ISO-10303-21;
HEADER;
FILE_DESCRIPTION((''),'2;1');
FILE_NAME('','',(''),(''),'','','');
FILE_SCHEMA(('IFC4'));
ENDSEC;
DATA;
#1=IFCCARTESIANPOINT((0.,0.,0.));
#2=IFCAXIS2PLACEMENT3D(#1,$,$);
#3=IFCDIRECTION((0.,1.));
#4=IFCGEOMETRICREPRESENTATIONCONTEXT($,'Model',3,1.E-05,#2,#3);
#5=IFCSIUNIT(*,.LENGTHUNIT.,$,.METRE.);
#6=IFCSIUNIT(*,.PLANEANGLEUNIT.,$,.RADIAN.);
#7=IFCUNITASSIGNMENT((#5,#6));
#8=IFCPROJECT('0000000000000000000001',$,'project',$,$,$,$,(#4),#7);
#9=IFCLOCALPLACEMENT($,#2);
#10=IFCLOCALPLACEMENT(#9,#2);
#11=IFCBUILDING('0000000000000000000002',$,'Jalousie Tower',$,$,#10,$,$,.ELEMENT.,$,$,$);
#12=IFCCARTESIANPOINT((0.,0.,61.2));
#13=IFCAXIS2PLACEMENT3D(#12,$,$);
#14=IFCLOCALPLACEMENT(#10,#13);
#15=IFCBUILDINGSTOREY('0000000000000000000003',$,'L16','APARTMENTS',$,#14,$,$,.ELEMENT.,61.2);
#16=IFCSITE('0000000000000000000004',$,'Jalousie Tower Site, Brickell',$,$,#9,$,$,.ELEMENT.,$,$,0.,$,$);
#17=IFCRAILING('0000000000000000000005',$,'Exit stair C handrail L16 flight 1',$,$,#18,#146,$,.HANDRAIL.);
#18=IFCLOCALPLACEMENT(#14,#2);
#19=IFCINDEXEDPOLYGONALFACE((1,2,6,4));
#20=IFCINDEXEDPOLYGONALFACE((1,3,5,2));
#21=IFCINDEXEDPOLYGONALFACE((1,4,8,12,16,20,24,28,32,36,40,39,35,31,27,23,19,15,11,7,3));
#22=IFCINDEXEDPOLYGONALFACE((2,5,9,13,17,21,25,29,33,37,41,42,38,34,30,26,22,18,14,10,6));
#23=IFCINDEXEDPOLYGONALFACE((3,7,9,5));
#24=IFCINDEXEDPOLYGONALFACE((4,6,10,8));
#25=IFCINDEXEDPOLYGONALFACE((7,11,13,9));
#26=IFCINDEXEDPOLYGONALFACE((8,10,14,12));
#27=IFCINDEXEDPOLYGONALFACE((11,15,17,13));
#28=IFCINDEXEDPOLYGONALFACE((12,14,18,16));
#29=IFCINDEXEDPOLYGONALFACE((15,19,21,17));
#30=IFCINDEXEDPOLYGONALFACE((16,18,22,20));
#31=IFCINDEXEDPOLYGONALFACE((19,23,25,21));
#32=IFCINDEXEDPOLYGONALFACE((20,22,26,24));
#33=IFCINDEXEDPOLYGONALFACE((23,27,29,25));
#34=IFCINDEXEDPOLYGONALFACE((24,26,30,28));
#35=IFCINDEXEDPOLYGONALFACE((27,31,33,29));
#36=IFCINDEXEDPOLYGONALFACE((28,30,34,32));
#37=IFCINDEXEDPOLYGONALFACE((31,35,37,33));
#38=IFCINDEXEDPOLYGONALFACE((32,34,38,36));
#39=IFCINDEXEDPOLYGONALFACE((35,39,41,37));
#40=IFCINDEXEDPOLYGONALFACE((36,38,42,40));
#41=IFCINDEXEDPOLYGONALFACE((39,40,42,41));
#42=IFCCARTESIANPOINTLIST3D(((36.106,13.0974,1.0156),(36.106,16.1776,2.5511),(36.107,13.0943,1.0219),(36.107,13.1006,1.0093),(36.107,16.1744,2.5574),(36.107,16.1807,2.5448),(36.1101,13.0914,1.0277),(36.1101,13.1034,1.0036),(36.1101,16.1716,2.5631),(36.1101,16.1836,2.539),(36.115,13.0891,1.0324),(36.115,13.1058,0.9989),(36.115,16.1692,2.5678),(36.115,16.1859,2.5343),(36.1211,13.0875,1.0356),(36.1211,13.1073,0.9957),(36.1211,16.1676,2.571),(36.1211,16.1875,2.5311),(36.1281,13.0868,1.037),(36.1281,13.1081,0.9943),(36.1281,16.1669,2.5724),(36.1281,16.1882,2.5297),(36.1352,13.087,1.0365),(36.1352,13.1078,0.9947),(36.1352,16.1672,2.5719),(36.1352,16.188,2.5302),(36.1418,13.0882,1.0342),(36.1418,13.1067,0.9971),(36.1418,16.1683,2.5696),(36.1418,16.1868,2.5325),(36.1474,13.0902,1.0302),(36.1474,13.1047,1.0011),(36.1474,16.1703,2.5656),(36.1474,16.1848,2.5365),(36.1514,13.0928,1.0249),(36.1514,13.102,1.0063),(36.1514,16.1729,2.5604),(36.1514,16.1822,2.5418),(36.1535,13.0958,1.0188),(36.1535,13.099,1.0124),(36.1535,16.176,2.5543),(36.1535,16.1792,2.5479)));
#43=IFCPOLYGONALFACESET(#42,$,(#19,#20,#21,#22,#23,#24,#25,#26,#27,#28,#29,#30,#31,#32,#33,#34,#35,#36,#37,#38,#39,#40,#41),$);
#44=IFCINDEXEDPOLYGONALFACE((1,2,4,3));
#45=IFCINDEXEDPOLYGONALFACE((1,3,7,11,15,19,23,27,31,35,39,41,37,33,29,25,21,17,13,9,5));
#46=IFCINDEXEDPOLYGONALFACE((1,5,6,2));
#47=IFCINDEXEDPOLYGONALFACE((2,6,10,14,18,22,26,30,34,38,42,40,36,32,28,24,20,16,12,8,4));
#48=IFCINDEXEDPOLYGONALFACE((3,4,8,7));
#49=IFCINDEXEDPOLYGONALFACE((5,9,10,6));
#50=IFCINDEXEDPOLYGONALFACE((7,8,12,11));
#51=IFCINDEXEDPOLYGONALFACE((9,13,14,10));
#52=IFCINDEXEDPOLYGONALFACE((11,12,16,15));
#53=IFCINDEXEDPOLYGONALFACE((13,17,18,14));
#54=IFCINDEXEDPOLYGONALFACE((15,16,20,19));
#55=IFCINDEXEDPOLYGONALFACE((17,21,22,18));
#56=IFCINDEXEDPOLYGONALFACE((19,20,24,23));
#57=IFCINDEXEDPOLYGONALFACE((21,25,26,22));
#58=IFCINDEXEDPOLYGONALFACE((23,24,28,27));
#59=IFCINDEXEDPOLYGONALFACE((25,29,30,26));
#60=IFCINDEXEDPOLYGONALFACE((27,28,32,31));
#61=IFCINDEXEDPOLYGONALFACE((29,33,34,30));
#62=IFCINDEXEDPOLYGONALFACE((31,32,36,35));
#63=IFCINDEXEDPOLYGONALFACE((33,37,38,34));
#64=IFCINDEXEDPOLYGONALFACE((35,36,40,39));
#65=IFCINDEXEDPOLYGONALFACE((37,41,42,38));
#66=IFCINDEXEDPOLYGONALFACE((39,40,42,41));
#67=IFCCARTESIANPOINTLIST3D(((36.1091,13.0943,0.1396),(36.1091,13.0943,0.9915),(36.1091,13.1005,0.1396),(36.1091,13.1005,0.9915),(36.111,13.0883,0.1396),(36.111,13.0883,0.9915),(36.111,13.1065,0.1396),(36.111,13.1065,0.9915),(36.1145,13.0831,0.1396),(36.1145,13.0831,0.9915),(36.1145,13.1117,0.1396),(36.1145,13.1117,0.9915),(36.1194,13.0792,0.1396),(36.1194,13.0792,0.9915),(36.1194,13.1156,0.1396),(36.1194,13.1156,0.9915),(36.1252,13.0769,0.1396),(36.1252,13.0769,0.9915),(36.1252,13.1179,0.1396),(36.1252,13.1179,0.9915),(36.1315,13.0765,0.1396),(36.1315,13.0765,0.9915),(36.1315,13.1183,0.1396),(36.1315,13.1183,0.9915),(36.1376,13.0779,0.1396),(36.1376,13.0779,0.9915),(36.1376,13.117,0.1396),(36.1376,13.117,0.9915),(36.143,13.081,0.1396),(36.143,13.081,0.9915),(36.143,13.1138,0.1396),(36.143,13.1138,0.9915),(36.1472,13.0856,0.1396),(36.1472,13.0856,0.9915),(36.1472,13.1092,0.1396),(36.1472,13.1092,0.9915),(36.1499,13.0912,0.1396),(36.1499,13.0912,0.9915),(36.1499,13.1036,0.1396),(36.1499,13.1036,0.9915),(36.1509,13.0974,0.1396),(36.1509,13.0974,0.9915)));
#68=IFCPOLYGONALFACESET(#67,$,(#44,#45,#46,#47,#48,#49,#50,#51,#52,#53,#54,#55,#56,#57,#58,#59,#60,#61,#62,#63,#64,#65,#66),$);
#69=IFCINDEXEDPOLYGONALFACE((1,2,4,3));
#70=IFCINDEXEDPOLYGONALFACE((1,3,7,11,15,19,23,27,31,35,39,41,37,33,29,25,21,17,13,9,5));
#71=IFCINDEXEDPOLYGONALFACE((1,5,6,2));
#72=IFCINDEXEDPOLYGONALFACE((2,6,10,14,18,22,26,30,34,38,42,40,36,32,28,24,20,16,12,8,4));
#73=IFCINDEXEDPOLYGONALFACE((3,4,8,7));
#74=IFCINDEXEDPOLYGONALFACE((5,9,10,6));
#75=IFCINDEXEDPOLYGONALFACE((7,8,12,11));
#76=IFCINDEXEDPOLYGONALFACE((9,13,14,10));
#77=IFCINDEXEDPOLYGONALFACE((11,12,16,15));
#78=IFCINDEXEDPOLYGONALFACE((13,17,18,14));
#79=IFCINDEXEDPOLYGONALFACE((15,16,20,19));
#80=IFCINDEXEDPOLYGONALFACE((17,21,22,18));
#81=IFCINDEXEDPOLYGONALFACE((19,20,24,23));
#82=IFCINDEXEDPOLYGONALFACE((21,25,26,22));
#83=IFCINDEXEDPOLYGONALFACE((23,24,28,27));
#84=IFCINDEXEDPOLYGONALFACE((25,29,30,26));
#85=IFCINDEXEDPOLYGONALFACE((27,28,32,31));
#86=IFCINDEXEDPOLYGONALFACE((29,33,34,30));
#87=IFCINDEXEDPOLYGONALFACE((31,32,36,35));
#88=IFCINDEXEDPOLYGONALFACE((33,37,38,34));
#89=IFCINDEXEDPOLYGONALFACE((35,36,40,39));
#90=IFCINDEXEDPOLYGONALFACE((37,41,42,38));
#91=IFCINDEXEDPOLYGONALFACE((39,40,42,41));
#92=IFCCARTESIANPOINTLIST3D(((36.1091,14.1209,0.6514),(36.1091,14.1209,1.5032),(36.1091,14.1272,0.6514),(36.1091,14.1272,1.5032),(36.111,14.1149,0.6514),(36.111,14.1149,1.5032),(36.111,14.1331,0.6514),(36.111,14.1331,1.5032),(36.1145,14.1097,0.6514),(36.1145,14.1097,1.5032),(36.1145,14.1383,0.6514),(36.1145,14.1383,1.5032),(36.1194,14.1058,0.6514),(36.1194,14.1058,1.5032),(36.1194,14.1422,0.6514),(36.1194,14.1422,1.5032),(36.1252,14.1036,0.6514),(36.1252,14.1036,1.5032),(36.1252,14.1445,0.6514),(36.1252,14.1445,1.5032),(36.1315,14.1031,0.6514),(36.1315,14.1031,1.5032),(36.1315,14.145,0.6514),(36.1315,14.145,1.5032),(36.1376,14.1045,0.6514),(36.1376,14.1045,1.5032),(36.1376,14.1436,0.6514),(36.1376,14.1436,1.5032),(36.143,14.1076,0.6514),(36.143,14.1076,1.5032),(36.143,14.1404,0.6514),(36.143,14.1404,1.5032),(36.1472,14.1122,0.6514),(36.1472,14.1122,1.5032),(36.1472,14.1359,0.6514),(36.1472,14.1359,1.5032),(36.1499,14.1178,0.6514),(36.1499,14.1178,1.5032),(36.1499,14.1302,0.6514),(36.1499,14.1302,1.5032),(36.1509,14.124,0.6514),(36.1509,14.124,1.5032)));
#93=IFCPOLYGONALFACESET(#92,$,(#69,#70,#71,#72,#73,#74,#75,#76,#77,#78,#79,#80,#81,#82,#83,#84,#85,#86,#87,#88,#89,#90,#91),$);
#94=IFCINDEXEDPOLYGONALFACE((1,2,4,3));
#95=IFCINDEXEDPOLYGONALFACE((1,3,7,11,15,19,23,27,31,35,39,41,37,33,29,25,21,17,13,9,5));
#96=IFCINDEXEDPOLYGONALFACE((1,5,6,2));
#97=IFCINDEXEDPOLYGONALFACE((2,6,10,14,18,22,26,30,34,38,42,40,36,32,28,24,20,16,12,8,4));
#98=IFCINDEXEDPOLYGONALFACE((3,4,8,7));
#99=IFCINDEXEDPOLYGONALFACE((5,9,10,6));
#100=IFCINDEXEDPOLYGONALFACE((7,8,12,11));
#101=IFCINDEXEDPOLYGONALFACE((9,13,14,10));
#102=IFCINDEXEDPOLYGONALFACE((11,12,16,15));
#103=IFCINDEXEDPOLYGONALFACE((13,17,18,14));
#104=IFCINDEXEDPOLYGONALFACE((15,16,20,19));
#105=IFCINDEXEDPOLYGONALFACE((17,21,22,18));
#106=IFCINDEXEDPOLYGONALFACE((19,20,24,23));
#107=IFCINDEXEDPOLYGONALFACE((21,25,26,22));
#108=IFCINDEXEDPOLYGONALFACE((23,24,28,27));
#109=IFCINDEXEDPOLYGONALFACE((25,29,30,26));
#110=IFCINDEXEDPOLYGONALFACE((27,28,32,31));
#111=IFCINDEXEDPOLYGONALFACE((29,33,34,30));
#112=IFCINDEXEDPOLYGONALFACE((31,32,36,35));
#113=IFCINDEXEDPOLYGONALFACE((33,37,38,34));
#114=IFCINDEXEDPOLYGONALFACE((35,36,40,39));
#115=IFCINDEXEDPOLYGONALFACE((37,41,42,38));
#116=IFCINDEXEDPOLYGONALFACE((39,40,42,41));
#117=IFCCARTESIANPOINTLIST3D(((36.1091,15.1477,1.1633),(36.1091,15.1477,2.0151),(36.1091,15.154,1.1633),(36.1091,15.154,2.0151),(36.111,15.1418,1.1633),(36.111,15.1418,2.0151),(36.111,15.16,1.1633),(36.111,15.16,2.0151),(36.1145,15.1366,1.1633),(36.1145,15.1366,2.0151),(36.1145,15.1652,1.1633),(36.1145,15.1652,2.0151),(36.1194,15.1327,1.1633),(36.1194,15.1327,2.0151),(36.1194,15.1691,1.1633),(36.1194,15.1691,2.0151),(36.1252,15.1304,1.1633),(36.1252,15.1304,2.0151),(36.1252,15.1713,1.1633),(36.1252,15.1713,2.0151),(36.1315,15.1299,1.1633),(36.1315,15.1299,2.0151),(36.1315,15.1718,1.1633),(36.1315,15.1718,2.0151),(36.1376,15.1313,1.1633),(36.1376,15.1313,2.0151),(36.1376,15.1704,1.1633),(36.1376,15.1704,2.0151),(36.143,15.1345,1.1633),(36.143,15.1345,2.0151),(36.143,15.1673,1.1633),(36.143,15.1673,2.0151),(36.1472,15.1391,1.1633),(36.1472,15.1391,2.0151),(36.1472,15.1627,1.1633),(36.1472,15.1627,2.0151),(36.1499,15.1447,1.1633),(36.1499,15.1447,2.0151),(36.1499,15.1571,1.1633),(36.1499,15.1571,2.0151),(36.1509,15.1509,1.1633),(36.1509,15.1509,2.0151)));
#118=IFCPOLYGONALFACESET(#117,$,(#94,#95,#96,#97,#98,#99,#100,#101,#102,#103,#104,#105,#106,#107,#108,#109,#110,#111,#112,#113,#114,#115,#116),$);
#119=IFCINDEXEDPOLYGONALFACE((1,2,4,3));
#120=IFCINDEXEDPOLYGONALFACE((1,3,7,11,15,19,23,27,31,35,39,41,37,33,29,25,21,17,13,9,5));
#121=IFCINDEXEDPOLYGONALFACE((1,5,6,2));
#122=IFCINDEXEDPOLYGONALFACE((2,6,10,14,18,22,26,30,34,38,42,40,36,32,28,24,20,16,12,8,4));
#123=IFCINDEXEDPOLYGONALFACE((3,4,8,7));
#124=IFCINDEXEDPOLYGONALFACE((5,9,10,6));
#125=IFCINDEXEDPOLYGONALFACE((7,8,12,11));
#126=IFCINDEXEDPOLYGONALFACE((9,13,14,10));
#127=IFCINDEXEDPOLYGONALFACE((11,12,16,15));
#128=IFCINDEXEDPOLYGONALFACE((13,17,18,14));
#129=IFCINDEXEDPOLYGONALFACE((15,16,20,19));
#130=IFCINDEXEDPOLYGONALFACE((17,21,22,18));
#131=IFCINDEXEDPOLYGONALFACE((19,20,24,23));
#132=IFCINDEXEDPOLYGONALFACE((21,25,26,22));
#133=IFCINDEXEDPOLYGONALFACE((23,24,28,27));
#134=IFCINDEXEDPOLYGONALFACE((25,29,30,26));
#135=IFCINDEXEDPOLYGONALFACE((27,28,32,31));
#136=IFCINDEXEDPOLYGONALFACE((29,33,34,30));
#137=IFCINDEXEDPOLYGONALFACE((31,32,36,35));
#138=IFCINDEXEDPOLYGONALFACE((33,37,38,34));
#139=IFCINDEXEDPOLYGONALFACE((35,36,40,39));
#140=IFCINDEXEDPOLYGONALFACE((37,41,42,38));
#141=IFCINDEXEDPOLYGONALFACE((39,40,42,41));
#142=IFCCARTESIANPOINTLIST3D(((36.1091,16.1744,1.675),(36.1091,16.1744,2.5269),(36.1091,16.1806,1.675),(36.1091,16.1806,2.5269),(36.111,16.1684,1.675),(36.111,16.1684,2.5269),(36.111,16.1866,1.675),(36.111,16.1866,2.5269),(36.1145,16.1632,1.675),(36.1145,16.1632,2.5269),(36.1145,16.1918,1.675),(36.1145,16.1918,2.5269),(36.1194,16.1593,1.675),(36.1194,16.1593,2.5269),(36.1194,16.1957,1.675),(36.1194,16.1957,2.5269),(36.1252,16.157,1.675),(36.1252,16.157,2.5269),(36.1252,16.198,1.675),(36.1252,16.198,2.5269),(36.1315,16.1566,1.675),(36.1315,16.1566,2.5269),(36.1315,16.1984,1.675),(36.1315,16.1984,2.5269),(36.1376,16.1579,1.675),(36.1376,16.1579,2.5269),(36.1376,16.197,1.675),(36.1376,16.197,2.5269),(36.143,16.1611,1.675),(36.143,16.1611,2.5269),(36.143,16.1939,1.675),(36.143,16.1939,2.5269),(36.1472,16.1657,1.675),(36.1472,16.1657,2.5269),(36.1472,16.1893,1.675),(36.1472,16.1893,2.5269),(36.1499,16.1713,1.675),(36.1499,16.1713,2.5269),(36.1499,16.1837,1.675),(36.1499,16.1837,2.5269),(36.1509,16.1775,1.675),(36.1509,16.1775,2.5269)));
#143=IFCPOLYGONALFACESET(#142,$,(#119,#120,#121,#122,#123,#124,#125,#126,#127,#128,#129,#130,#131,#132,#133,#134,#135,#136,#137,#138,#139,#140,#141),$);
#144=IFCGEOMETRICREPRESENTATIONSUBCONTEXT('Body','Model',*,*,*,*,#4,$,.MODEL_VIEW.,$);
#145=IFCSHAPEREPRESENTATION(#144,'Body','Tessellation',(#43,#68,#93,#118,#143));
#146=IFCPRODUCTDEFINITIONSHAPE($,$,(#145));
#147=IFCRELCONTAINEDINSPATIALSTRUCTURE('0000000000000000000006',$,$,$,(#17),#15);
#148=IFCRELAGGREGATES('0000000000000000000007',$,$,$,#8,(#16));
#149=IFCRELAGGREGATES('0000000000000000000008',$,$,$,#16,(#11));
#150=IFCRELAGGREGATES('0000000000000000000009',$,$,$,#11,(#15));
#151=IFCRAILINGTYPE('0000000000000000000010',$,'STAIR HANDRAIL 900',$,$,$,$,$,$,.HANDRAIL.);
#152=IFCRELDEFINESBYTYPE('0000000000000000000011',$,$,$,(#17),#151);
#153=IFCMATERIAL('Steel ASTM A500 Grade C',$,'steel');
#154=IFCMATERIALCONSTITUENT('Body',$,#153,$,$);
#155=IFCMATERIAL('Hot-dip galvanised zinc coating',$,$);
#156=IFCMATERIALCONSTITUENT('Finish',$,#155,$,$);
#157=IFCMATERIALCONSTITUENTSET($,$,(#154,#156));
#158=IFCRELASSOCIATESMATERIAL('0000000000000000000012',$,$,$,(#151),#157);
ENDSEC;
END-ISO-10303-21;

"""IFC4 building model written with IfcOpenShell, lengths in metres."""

from ifc_helpers import new_model, si_unit, direction, frame, origin, origin_2d, place, context, subcontext, project, spatial, circle, extrude, material, constituent, constituent_set, type_object, element, save


model = new_model("IFC4")

# Units and contexts
model_context = context("Model", 3, precision=1e-05, world=origin(), true_north=direction((0.0, 1.0)))
body_context = subcontext(model_context, "Body", "Model", "MODEL_VIEW")
ifc_project = project(units=[si_unit("LENGTHUNIT", "METRE"), si_unit("PLANEANGLEUNIT", "RADIAN")], contexts=[model_context])

# Site, building, storey
site_placement = place(None, origin())
site = spatial("IfcSite", under=ifc_project, at=site_placement, Name="Jalousie Tower Site, Brickell", CompositionType="ELEMENT", RefElevation=0.0)
building_placement = place(site_placement, origin())
building = spatial("IfcBuilding", under=site, at=building_placement, Name="Jalousie Tower", CompositionType="ELEMENT")
storey_placement = place(building_placement, frame((0.0, 0.0, 61.2)))
storey = spatial("IfcBuildingStorey", under=building, at=storey_placement, Name="L16", Description="APARTMENTS", CompositionType="ELEMENT", Elevation=61.2)

# Railing
ifc_material_1 = material(Name="Steel ASTM A500 Grade C", Category="steel")
ifc_constituent_1 = constituent(ifc_material_1, Name="Body")
ifc_material_2 = material(Name="Hot-dip galvanised zinc coating")
ifc_constituent_2 = constituent(ifc_material_2, Name="Finish")
ifc_constituent_set_1 = constituent_set(constituents=[ifc_constituent_1, ifc_constituent_2])
railing_type_1 = type_object("IfcRailingType", Name="STAIR HANDRAIL 900", PredefinedType="HANDRAIL", material=ifc_constituent_set_1)
railing_1_placement = place(storey_placement, frame((36.1299, 13.0974, 0.1396)))
element("IfcRailing", 1, at=railing_1_placement, inside=storey, type_object=railing_type_1, Name="Exit stair C handrail L16 flight 1", PredefinedType="HANDRAIL", context=body_context, shape_type="SweptSolid", body=[
    extrude(circle(Radius=0.0239, at=origin_2d()), frame((0.0, 0.0, 0.876), z_axis=(0.0, 0.894966, 0.446135), x_axis=(-1.0, 0.0, 0.0)), (0.0, 0.0, 1.0), 3.4417),
    extrude(circle(Radius=0.021, at=origin_2d()), origin(), (0.0, 0.0, 1.0), 0.8518),
    extrude(circle(Radius=0.021, at=origin_2d()), frame((0.0, 1.0266, 0.5117)), (0.0, 0.0, 1.0), 0.8518),
    extrude(circle(Radius=0.021, at=origin_2d()), frame((0.0, 2.0535, 1.0237)), (0.0, 0.0, 1.0), 0.8518),
    extrude(circle(Radius=0.021, at=origin_2d()), frame((0.0, 3.0801, 1.5354)), (0.0, 0.0, 1.0), 0.8518),
])

save(model, "model.ifc")
